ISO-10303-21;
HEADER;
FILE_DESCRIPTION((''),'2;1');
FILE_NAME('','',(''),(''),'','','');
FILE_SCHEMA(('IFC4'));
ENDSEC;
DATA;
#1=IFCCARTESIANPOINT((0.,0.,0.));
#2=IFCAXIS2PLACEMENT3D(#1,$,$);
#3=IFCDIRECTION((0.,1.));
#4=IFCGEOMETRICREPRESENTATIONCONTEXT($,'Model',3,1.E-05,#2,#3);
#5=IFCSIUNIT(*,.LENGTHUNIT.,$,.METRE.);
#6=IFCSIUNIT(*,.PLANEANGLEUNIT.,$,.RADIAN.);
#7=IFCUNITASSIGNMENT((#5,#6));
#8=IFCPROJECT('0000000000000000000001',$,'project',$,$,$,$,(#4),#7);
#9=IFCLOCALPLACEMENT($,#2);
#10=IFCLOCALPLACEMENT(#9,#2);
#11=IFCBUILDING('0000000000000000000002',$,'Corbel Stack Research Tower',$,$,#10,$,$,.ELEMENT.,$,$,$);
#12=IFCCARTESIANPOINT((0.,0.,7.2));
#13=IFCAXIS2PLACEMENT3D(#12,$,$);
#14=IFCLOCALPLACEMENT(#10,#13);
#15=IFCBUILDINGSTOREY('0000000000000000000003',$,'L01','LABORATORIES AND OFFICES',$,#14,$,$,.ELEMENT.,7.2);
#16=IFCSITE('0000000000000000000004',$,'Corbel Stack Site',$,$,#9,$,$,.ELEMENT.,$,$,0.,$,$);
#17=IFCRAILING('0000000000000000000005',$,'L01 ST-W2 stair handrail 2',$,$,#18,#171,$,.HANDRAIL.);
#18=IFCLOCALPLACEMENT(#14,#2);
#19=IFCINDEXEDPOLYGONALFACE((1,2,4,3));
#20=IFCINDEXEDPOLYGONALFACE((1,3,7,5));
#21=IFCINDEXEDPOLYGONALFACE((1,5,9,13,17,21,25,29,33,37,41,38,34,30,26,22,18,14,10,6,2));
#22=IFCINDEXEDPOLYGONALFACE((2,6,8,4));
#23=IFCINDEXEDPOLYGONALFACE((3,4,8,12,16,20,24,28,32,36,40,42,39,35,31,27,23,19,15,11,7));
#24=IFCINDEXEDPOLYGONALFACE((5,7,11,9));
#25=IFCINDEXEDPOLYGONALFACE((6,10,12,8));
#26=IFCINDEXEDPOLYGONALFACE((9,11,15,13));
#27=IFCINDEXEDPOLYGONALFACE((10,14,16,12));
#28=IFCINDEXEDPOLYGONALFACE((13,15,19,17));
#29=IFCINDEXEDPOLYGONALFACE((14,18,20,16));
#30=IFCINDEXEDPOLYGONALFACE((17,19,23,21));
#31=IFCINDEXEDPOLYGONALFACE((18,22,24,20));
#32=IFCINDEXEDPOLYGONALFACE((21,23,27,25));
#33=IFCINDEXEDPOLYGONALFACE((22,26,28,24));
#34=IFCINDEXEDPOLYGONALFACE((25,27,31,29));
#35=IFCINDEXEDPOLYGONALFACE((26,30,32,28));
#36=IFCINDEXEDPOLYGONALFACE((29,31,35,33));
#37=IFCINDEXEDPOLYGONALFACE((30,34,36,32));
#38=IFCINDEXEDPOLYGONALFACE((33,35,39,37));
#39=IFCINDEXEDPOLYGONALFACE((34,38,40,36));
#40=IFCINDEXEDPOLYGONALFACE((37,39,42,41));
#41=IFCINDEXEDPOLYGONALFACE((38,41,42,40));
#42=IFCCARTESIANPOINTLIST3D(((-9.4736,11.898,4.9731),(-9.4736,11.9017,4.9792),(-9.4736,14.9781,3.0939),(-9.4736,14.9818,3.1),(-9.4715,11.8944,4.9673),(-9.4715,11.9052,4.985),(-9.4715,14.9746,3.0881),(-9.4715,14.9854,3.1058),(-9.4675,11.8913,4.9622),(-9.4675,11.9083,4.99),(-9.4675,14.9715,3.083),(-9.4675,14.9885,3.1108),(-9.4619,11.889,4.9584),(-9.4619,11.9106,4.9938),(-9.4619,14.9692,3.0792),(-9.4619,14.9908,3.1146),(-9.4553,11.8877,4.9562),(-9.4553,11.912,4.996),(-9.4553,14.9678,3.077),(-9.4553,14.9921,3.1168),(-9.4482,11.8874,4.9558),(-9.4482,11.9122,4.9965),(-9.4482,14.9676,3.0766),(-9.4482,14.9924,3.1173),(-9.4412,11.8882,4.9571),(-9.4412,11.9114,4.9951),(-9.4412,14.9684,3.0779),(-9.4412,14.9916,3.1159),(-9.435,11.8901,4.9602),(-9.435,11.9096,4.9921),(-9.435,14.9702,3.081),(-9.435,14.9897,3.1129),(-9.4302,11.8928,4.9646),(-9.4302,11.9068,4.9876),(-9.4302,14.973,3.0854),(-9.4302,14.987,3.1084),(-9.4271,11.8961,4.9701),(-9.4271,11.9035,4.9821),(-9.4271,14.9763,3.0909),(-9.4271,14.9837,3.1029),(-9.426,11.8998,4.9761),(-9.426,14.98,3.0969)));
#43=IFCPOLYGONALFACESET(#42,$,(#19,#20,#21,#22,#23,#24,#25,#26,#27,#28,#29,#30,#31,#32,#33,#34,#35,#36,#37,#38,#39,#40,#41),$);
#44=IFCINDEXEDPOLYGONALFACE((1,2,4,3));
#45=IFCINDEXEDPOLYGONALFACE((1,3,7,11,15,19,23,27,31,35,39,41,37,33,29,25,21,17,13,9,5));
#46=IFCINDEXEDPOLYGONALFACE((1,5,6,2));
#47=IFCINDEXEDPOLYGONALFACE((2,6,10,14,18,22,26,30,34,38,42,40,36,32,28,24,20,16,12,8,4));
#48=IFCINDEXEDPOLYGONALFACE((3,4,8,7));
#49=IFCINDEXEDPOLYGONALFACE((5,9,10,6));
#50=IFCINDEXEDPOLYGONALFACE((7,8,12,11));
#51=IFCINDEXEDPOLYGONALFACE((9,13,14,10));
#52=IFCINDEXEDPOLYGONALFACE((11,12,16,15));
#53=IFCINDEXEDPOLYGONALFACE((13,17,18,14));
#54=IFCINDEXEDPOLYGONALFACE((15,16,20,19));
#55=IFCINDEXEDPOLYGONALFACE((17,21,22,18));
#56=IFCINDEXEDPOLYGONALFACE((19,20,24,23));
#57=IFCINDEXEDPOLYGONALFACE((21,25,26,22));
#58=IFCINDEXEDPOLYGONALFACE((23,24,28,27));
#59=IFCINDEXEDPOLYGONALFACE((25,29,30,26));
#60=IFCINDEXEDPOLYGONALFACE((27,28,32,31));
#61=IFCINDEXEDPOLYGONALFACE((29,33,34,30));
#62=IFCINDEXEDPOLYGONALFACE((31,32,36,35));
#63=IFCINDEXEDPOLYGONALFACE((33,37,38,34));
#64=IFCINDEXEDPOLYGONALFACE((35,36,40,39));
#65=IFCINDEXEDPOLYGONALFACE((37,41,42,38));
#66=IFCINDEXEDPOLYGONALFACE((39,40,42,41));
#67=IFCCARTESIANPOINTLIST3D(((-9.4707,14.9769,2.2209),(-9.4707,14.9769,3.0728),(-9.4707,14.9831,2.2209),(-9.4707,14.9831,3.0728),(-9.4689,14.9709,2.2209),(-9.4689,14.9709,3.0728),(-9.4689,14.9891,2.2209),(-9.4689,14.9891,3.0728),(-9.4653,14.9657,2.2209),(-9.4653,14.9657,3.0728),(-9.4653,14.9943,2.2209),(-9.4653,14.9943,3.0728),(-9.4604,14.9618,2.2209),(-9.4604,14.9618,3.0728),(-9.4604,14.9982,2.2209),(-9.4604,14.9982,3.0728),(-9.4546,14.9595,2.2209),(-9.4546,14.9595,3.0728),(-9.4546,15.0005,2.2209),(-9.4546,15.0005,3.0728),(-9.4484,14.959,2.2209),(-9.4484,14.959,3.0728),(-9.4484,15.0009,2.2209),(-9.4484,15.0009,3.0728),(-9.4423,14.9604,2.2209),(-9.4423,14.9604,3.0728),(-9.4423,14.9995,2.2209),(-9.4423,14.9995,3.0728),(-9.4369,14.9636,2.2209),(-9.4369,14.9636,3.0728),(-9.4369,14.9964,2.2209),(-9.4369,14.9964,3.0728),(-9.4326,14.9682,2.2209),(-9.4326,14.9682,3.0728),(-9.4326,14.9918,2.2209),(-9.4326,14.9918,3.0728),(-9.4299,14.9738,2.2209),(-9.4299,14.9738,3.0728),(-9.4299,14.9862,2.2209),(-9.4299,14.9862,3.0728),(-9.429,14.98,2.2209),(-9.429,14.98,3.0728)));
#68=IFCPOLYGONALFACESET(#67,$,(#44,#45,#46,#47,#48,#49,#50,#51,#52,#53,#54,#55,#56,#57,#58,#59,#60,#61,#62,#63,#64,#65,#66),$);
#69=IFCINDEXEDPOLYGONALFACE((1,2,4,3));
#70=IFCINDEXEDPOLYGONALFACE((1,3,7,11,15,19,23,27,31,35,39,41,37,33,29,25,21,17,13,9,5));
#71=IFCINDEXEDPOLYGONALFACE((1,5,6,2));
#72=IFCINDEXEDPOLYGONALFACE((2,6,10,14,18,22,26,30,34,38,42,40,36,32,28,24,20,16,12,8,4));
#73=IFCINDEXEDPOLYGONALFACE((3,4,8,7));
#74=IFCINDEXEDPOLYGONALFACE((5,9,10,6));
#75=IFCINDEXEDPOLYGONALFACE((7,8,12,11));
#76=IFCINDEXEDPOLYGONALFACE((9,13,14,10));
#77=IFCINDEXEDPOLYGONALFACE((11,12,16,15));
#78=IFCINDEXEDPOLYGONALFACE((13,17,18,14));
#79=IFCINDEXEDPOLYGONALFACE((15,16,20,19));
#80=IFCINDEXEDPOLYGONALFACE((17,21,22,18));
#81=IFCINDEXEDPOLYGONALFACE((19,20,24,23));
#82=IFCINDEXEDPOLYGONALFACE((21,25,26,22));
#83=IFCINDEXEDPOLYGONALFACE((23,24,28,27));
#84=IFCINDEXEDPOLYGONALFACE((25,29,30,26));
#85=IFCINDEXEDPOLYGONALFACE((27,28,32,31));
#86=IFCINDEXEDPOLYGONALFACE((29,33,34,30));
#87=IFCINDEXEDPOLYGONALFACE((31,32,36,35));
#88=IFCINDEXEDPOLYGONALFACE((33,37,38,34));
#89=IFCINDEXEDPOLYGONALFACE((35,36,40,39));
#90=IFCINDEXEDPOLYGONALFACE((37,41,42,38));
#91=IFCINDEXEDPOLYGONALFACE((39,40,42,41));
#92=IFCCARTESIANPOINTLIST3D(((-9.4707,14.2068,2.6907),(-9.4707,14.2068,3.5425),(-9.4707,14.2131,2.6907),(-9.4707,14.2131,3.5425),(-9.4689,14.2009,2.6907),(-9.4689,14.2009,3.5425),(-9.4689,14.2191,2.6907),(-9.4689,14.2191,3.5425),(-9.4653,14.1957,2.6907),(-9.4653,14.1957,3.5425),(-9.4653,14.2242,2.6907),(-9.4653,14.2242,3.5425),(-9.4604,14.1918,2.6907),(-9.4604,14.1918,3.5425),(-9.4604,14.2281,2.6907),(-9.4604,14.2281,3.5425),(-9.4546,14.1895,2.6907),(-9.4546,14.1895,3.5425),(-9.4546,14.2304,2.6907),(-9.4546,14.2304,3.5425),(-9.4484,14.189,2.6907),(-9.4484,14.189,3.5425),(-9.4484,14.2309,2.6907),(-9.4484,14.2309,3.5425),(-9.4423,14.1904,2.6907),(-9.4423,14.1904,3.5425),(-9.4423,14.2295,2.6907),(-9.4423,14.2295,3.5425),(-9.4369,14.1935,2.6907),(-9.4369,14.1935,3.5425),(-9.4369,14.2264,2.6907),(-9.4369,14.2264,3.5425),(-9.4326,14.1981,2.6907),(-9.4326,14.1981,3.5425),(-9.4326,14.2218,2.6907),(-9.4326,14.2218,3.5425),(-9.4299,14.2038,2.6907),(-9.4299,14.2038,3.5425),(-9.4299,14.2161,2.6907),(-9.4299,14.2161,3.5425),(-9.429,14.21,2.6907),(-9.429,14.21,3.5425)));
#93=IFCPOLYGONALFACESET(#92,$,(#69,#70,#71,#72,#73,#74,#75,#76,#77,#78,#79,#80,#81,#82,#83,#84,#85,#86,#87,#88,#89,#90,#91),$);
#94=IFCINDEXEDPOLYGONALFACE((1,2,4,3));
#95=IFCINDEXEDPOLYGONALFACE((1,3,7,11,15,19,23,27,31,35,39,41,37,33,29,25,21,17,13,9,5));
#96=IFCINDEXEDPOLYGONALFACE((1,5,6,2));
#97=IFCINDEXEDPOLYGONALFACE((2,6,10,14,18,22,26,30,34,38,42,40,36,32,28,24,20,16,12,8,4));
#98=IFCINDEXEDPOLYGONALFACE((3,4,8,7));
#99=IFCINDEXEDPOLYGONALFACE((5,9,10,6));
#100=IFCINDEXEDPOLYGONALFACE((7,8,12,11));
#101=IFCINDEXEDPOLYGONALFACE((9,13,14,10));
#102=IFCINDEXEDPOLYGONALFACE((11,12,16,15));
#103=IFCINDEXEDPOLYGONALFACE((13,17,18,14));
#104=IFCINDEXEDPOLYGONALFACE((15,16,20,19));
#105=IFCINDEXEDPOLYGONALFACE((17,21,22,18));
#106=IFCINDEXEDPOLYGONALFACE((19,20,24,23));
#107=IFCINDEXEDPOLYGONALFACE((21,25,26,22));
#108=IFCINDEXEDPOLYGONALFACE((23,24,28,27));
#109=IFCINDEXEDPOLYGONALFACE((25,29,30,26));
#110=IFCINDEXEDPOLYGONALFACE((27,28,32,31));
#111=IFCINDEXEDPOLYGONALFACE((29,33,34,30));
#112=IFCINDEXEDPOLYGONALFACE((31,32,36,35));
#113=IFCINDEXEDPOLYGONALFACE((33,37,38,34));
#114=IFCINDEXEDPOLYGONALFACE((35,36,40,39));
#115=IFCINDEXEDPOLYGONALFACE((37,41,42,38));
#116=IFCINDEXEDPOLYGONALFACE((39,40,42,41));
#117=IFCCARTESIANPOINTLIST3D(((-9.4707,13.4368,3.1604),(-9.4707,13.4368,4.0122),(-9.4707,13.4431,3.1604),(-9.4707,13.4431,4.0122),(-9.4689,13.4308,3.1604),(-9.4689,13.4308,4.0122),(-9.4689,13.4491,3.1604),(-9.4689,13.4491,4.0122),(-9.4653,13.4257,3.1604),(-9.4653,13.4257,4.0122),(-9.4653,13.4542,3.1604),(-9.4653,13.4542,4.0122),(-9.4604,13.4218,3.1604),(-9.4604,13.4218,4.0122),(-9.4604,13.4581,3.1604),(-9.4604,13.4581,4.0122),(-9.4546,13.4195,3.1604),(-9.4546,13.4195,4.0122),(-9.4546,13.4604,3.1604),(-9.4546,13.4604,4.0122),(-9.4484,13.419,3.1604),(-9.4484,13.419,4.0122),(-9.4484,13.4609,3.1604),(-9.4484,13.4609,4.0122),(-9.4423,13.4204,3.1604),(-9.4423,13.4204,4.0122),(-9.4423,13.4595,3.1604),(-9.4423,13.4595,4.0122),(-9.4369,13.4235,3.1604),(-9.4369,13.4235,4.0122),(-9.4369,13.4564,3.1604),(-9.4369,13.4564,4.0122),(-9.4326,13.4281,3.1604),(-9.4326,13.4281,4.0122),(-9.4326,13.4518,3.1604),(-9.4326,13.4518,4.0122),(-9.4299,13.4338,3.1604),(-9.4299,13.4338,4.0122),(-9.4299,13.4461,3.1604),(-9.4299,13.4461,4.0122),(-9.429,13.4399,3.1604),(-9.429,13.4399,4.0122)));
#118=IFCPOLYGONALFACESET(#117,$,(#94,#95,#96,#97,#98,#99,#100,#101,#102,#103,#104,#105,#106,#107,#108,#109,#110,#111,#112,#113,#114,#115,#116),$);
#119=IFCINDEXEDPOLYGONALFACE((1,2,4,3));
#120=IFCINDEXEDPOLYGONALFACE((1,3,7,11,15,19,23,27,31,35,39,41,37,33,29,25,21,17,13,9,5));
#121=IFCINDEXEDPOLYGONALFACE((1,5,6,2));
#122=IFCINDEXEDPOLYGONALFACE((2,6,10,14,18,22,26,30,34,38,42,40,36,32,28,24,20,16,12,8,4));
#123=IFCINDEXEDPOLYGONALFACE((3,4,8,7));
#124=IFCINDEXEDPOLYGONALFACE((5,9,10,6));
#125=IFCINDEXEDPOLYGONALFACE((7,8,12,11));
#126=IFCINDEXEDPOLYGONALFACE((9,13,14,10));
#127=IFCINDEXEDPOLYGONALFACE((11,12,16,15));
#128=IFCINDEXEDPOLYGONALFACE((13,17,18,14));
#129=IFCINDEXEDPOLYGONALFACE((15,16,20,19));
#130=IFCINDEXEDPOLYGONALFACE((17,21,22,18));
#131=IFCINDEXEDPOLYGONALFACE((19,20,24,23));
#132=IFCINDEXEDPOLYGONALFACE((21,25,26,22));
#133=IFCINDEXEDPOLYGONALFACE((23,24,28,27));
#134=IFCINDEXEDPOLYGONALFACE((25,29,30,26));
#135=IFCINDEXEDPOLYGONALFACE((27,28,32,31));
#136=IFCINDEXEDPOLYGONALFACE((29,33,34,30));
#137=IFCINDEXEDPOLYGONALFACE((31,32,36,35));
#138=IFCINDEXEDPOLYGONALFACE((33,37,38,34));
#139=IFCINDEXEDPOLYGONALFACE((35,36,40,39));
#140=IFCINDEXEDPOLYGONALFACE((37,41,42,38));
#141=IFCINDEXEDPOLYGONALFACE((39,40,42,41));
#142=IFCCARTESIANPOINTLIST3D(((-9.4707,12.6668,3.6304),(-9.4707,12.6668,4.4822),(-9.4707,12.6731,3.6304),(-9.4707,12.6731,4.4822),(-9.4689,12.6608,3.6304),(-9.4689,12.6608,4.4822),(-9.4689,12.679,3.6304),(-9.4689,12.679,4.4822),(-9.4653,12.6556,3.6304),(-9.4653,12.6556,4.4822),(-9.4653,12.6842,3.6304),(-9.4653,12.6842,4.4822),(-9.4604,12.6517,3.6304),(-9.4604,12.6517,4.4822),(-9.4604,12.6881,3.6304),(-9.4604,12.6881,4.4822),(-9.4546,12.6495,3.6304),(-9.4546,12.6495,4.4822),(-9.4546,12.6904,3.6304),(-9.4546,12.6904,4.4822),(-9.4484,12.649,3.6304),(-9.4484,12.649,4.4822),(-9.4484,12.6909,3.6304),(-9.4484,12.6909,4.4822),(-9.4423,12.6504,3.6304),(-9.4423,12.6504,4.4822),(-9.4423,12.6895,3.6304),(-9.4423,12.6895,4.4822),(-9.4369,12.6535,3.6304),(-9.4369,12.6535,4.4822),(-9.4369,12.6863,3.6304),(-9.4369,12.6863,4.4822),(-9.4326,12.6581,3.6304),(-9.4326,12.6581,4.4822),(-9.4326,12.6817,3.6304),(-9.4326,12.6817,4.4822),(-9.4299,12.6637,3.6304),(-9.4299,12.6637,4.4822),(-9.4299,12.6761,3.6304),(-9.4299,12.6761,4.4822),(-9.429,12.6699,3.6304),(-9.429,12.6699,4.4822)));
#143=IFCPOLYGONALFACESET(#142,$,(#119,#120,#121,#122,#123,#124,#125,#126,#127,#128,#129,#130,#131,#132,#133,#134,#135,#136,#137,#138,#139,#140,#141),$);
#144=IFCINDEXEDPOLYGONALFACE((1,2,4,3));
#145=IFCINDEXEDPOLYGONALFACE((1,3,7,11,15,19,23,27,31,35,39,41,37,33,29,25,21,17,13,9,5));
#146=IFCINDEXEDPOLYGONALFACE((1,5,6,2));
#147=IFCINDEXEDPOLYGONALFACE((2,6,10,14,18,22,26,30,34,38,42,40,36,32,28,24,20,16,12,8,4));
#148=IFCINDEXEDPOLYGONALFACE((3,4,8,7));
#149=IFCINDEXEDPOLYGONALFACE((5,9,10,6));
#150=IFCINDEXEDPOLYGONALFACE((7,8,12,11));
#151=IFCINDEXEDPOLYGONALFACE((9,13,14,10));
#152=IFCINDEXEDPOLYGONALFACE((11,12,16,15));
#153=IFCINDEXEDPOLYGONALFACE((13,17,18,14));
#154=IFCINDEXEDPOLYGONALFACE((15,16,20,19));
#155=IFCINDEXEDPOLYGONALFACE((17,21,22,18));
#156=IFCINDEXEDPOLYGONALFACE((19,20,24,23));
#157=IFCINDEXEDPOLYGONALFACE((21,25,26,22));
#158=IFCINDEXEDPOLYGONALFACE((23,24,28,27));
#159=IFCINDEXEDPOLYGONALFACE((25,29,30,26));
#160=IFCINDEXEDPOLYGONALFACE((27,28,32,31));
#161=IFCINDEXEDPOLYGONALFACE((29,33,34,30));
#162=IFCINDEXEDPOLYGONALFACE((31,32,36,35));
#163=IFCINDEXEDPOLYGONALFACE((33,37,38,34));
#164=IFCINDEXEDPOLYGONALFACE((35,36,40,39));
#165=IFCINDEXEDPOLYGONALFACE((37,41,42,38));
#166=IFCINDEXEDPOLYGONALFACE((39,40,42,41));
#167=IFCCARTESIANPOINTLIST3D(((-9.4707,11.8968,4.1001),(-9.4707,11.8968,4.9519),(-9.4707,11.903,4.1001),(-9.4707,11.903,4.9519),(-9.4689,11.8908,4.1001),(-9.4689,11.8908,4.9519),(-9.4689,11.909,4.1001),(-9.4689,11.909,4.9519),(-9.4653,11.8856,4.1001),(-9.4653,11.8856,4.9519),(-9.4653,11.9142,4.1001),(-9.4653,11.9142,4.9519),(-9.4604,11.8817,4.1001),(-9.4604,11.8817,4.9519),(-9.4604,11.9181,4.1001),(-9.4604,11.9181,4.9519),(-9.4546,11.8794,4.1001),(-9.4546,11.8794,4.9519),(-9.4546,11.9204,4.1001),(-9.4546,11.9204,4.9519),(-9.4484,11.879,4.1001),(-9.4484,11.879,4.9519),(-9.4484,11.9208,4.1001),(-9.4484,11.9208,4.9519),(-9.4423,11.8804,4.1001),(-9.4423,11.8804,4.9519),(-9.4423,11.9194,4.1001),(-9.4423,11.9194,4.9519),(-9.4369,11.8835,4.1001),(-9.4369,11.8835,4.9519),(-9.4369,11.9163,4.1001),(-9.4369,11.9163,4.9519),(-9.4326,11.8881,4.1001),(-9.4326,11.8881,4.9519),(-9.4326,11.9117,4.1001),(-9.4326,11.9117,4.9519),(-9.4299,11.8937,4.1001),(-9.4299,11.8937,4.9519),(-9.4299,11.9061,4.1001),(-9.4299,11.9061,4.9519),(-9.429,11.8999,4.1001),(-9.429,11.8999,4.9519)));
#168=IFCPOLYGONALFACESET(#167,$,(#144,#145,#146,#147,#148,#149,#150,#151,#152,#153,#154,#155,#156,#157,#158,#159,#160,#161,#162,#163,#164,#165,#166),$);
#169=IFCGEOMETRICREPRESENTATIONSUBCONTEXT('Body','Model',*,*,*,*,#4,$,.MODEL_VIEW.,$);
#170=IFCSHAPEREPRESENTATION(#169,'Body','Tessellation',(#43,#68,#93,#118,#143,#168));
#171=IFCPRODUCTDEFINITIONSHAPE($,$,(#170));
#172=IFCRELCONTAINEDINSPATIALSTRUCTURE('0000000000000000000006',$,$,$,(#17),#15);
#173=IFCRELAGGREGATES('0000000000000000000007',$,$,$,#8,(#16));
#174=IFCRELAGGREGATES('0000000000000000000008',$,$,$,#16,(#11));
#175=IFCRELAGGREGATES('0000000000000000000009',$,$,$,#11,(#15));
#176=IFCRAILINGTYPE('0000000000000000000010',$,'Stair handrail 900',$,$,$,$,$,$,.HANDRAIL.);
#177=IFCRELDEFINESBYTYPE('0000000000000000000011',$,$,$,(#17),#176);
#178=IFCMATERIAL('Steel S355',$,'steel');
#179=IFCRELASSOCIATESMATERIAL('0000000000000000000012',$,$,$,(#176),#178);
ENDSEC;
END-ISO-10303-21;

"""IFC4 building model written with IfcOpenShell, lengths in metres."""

from ifc_helpers import new_model, si_unit, direction, frame, origin, origin_2d, place, context, subcontext, project, spatial, circle, extrude, material, type_object, element, save


model = new_model("IFC4")

# Units and contexts
model_context = context("Model", 3, precision=1e-05, world=origin(), true_north=direction((0.0, 1.0)))
body_context = subcontext(model_context, "Body", "Model", "MODEL_VIEW")
ifc_project = project(units=[si_unit("LENGTHUNIT", "METRE"), si_unit("PLANEANGLEUNIT", "RADIAN")], contexts=[model_context])

# Site, building, storey
site_placement = place(None, origin())
site = spatial("IfcSite", under=ifc_project, at=site_placement, Name="Corbel Stack Site", CompositionType="ELEMENT", RefElevation=0.0)
building_placement = place(site_placement, origin())
building = spatial("IfcBuilding", under=site, at=building_placement, Name="Corbel Stack Research Tower", CompositionType="ELEMENT")
storey_placement = place(building_placement, frame((0.0, 0.0, 7.2)))
storey = spatial("IfcBuildingStorey", under=building, at=storey_placement, Name="L01", Description="LABORATORIES AND OFFICES", CompositionType="ELEMENT", Elevation=7.2)

# Railing
ifc_material_1 = material(Name="Steel S355", Category="steel")
railing_type_1 = type_object("IfcRailingType", Name="Stair handrail 900", PredefinedType="HANDRAIL", material=ifc_material_1)
railing_1_placement = place(storey_placement, frame((-9.45, 14.98, 2.2209)))
element("IfcRailing", 1, at=railing_1_placement, inside=storey, type_object=railing_type_1, Name="L01 ST-W2 stair handrail 2", PredefinedType="HANDRAIL", context=body_context, shape_type="SweptSolid", body=[
    extrude(circle(Radius=0.0239, at=origin_2d()), frame((0.0, 0.0, 0.876), z_axis=(0.0, -0.853666, 0.52082), x_axis=(1.0, 0.0, 0.0)), (0.0, 0.0, 1.0), 3.6082),
    extrude(circle(Radius=0.021, at=origin_2d()), origin(), (0.0, 0.0, 1.0), 0.8518),
    extrude(circle(Radius=0.021, at=origin_2d()), frame((0.0, -0.77, 0.4697)), (0.0, 0.0, 1.0), 0.8518),
    extrude(circle(Radius=0.021, at=origin_2d()), frame((0.0, -1.54, 0.9395)), (0.0, 0.0, 1.0), 0.8518),
    extrude(circle(Radius=0.021, at=origin_2d()), frame((0.0, -2.3101, 1.4094)), (0.0, 0.0, 1.0), 0.8518),
    extrude(circle(Radius=0.021, at=origin_2d()), frame((0.0, -3.0801, 1.8792)), (0.0, 0.0, 1.0), 0.8518),
])

save(model, "model.ifc")
